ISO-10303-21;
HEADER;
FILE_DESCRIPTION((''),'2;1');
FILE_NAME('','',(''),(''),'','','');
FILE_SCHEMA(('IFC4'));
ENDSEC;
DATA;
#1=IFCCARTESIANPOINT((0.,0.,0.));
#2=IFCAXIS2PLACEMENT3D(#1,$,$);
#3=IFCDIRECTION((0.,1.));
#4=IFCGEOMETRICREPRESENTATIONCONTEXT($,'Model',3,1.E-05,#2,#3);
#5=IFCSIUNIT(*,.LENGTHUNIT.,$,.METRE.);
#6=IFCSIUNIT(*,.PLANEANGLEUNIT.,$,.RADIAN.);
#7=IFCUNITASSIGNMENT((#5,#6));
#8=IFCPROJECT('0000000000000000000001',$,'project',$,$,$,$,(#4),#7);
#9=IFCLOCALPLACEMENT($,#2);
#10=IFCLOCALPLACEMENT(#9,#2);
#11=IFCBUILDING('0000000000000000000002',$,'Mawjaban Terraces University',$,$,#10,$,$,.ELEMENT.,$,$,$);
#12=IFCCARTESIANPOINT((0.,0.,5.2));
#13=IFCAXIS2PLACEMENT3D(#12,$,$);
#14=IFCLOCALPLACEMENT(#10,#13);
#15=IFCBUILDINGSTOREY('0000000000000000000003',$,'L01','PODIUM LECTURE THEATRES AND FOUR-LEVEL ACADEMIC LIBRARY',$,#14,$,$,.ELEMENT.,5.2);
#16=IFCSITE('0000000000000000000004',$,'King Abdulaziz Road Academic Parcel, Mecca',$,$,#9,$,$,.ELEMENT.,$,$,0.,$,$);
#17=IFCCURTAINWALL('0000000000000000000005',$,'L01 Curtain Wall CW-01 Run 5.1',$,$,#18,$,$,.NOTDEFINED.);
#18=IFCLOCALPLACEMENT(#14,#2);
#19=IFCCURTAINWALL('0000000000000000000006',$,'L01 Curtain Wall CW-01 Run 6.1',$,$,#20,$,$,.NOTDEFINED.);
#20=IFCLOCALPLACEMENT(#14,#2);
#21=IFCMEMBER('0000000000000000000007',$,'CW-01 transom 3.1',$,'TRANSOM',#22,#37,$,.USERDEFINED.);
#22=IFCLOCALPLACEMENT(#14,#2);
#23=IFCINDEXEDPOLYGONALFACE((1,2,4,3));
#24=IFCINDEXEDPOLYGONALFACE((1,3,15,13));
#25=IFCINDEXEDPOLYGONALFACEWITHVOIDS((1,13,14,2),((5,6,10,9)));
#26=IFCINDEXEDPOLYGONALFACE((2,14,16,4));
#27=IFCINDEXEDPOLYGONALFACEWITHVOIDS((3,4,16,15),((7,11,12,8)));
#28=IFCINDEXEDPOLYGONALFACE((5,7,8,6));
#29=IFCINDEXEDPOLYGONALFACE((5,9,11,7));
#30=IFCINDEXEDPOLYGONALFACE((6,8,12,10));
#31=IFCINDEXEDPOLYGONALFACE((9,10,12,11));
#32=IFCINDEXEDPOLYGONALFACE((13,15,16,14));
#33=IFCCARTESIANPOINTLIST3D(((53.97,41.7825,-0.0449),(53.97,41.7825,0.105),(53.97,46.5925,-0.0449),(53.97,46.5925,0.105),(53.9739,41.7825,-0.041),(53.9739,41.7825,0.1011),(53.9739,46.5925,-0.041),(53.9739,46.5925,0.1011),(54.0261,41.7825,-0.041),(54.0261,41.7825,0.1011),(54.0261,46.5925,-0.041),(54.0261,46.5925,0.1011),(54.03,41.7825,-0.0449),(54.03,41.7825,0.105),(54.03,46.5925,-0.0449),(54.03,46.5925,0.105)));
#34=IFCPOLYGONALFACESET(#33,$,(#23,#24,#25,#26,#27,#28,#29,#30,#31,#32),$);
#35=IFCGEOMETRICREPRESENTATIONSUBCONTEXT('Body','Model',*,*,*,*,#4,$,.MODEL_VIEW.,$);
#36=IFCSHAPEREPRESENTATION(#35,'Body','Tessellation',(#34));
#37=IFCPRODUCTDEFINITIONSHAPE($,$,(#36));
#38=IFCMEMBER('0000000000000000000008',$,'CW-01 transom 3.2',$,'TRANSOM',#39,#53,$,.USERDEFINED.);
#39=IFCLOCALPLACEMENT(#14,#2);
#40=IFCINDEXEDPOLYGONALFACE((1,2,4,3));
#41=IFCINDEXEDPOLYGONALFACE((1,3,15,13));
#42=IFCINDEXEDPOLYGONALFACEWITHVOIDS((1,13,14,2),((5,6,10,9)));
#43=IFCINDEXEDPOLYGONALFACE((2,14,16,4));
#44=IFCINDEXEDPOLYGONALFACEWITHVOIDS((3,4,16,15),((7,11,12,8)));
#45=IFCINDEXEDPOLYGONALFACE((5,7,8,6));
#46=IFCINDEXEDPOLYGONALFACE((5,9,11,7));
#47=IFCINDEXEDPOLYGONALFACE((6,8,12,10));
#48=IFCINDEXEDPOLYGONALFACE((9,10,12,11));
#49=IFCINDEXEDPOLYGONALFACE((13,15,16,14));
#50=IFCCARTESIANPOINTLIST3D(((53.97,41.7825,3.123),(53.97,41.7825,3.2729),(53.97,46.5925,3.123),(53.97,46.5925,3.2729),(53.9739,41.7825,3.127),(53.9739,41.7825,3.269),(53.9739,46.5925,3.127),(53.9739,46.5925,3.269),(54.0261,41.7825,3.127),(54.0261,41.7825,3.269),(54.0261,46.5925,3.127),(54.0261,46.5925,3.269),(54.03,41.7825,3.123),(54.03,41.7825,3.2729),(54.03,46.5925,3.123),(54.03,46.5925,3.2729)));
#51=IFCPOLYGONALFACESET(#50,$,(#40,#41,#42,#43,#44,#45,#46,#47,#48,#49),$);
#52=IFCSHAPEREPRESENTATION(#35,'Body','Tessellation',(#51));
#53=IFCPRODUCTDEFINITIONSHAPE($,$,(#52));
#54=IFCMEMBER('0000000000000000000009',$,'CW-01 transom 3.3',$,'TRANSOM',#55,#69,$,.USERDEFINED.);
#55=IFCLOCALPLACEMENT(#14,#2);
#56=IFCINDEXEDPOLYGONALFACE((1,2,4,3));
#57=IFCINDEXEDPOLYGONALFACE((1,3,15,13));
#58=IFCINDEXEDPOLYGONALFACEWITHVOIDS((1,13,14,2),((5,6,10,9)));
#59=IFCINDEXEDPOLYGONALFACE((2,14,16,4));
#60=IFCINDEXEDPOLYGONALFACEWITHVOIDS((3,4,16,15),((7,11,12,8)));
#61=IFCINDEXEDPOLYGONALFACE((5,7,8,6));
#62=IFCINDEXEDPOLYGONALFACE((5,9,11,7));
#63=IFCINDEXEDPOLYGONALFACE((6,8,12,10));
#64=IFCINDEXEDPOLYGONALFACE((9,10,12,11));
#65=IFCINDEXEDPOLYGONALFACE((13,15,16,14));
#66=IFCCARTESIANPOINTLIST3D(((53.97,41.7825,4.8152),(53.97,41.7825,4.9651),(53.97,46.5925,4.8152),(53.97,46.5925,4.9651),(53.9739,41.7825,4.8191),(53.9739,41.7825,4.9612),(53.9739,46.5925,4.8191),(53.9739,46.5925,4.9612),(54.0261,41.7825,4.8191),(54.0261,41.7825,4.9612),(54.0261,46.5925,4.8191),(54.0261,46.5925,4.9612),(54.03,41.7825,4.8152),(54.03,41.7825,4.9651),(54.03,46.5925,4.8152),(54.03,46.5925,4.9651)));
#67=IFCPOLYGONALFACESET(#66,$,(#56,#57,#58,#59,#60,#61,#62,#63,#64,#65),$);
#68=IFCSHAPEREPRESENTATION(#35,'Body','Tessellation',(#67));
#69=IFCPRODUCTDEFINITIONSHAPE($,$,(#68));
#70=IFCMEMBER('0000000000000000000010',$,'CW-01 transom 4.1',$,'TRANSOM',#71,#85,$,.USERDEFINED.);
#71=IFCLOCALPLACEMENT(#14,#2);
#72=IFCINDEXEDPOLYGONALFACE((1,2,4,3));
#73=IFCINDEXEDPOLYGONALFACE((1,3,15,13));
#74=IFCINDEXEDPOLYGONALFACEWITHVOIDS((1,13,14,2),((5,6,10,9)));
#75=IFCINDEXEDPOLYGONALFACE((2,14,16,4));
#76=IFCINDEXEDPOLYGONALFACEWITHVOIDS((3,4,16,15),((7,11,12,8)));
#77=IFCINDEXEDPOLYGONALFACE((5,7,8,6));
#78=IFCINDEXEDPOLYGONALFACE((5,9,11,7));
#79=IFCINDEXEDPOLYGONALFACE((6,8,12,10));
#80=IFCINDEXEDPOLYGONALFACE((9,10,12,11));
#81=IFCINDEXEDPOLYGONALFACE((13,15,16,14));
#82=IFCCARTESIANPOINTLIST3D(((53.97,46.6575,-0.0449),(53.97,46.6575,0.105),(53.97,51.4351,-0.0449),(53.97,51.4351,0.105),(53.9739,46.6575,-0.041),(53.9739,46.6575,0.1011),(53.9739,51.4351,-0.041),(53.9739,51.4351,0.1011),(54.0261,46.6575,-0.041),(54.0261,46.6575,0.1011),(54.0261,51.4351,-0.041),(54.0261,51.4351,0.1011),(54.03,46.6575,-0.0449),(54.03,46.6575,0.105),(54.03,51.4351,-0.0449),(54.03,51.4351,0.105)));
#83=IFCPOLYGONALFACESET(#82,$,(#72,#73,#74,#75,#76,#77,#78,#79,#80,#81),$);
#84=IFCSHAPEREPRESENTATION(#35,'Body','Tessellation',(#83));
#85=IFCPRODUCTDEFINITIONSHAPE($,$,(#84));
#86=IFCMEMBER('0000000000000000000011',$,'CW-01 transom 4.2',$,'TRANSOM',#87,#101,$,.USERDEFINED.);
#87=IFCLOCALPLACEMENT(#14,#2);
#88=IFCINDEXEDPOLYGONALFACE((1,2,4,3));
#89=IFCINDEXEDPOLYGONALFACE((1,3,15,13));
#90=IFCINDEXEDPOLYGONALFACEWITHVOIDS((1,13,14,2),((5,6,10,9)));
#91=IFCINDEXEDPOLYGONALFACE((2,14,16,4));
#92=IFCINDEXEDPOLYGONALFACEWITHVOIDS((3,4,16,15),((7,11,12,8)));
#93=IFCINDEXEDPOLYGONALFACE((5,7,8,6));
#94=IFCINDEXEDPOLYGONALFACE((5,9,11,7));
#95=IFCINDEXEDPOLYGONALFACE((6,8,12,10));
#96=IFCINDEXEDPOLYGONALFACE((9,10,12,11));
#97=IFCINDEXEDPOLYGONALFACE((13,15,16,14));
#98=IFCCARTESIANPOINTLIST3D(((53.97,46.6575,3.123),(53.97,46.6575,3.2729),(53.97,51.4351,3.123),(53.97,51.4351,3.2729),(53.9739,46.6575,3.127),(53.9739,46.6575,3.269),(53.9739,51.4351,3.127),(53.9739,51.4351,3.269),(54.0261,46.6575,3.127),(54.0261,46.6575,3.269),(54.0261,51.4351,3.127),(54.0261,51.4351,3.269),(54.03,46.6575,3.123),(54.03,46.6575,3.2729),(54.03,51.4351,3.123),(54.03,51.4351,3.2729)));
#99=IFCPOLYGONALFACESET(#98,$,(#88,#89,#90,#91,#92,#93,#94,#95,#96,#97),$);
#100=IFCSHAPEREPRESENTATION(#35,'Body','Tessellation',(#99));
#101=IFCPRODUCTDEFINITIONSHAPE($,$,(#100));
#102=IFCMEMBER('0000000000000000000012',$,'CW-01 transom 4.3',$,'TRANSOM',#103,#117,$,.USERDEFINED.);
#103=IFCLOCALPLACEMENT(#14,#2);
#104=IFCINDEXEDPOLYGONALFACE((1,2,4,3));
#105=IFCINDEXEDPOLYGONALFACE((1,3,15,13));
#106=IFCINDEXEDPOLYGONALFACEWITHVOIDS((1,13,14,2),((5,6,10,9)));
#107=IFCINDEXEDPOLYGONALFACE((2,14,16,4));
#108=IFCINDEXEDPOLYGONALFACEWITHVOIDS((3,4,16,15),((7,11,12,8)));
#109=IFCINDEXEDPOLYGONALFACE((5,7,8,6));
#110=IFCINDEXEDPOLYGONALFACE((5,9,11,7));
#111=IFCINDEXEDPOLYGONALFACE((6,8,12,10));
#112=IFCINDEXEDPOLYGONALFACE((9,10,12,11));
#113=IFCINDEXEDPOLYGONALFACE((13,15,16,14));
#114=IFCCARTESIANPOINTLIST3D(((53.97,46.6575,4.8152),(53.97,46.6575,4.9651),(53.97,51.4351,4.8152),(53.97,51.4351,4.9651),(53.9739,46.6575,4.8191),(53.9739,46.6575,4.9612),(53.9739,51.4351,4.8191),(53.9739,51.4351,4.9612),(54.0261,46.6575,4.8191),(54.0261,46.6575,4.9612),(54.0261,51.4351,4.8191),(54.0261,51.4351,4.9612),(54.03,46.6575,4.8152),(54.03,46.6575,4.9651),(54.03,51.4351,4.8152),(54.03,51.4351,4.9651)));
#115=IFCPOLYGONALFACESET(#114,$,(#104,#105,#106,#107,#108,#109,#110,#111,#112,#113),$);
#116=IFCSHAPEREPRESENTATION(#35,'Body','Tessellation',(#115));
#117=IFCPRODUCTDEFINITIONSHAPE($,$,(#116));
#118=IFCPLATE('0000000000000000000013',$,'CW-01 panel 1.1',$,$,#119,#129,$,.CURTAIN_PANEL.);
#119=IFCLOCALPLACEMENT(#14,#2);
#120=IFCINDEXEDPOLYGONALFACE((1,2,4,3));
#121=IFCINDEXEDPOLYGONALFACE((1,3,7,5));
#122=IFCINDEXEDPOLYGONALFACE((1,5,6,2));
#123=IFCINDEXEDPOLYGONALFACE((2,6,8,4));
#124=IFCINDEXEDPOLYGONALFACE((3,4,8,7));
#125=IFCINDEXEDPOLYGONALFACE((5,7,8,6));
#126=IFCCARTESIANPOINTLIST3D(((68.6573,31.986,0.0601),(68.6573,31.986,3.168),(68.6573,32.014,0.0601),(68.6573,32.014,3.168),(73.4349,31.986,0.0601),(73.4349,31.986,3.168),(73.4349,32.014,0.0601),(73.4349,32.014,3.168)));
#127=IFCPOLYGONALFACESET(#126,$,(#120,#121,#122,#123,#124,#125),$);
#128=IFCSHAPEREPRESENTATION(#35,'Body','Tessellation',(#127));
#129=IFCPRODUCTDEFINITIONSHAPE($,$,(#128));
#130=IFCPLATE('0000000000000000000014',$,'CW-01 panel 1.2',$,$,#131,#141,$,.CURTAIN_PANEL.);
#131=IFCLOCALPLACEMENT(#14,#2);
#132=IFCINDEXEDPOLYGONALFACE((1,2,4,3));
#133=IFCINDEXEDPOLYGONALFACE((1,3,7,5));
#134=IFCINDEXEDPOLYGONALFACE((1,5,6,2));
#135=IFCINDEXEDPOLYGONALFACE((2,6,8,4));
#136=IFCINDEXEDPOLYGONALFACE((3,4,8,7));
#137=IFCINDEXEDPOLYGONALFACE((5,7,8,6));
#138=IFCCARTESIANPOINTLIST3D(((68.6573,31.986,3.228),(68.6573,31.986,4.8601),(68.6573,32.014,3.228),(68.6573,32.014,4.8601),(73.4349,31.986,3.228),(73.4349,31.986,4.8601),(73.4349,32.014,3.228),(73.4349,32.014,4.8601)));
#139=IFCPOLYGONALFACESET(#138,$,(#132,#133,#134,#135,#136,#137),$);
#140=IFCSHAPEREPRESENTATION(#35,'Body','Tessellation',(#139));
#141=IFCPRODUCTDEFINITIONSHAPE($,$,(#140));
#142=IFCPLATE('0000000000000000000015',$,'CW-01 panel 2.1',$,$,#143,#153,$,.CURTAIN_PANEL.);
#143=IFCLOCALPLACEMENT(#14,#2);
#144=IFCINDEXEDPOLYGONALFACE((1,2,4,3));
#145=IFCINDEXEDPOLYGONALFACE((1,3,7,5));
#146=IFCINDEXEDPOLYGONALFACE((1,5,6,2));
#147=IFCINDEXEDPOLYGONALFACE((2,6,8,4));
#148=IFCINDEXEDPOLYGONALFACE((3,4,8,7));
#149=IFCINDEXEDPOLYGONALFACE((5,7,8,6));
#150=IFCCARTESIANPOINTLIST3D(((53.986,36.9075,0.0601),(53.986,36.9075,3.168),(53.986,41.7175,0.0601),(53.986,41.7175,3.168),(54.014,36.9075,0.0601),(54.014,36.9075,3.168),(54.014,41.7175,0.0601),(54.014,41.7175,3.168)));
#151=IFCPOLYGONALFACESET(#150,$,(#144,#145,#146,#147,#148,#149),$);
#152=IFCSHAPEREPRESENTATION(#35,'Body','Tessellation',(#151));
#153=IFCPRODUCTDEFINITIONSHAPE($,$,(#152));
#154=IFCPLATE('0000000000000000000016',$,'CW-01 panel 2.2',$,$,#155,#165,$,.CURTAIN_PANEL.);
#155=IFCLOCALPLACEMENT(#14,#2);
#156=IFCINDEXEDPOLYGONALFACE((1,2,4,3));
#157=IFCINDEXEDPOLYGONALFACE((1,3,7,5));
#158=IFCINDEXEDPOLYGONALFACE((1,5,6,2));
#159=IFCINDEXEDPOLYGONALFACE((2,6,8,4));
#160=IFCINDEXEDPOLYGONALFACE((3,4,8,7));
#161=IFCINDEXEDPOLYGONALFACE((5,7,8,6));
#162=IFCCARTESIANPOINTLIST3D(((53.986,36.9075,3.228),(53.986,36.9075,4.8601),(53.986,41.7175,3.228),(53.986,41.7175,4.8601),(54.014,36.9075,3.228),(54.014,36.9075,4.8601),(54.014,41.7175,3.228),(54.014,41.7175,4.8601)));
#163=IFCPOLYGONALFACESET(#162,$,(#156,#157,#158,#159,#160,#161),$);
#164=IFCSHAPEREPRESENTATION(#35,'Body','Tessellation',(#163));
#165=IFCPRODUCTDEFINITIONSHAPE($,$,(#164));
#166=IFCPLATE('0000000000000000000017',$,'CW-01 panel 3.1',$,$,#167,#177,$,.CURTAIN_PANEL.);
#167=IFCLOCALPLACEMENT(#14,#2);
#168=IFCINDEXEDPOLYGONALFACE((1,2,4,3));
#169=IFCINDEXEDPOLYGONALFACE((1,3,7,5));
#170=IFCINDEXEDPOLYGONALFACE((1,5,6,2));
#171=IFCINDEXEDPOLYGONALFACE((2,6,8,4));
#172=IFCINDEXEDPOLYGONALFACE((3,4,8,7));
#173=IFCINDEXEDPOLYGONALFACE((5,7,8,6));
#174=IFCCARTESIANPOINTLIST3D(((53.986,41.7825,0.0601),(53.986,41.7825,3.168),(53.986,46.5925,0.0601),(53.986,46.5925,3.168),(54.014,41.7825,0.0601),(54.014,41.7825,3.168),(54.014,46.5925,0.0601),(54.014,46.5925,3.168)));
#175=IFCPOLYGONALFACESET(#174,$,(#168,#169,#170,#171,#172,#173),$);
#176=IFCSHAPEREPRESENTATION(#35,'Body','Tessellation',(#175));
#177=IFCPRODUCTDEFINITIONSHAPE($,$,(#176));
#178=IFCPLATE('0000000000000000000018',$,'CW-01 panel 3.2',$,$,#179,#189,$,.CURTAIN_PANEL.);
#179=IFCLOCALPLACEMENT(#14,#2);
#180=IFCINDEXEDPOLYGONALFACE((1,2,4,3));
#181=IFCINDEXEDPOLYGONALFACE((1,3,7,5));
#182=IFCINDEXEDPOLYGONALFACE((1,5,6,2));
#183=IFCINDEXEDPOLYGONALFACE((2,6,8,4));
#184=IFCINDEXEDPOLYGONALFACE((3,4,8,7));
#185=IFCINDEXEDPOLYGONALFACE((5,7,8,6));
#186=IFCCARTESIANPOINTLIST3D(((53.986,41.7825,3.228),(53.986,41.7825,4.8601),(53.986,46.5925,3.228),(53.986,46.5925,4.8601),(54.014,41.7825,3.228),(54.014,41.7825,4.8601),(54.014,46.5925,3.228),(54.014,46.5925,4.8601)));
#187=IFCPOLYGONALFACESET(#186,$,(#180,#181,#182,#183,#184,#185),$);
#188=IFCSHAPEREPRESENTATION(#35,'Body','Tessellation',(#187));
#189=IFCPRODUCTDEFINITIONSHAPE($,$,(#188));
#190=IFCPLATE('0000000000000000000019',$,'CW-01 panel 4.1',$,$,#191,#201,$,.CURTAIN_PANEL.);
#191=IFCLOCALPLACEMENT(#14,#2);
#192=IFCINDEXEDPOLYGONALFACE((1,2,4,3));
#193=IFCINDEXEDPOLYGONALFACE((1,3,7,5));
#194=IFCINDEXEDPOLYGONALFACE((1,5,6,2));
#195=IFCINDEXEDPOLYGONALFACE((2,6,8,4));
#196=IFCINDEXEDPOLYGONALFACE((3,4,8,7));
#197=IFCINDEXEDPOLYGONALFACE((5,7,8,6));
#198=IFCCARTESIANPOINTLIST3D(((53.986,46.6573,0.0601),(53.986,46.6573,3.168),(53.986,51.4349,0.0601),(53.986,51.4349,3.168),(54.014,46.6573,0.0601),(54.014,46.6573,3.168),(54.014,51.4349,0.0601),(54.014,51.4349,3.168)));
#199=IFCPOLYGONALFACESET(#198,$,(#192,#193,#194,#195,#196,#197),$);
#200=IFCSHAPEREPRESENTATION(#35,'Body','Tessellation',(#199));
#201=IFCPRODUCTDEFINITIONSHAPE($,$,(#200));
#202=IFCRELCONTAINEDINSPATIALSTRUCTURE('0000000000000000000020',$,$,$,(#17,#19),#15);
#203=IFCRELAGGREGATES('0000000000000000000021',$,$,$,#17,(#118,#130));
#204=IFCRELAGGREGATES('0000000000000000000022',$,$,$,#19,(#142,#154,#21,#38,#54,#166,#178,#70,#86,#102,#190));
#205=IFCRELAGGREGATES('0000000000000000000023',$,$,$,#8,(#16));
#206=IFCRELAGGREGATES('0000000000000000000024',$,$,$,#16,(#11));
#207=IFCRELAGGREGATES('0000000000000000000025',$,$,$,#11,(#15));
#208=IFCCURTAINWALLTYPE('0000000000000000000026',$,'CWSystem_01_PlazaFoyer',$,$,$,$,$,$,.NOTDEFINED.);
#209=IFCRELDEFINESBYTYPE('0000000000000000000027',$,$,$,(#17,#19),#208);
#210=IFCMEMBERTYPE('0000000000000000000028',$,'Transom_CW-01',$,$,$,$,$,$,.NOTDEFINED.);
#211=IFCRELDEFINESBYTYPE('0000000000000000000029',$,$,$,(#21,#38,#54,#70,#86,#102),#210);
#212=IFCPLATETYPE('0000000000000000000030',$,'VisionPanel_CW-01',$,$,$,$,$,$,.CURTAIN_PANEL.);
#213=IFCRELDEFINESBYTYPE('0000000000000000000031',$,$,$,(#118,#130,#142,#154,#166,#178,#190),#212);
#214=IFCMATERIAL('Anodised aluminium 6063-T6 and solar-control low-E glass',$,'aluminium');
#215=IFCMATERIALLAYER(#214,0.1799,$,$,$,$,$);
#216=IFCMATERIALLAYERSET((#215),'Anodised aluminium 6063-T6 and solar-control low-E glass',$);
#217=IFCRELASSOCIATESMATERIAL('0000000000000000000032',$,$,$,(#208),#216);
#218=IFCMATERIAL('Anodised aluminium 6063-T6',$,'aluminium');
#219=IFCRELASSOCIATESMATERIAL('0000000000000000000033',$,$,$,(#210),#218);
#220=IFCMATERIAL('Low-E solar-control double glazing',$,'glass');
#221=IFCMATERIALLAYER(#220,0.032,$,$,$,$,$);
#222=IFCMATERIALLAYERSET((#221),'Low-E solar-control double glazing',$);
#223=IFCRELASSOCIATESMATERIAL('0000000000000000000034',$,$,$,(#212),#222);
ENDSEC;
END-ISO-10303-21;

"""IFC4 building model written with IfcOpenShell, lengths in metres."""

from ifc_helpers import new_model, si_unit, direction, frame, origin, origin_2d, place, context, subcontext, project, spatial, rectangle, hollow_rectangle, extrude, material, layer, layer_set, material_profile, profile_set, type_object, element, aggregate, save


model = new_model("IFC4")

# Units and contexts
model_context = context("Model", 3, precision=1e-05, world=origin(), true_north=direction((0.0, 1.0)))
body_context = subcontext(model_context, "Body", "Model", "MODEL_VIEW")
ifc_project = project(units=[si_unit("LENGTHUNIT", "METRE"), si_unit("PLANEANGLEUNIT", "RADIAN")], contexts=[model_context])

# Site, building, storey
site_placement = place(None, origin())
site = spatial("IfcSite", under=ifc_project, at=site_placement, Name="King Abdulaziz Road Academic Parcel, Mecca", CompositionType="ELEMENT", RefElevation=0.0)
building_placement = place(site_placement, origin())
building = spatial("IfcBuilding", under=site, at=building_placement, Name="Mawjaban Terraces University", CompositionType="ELEMENT")
storey_placement = place(building_placement, frame((0.0, 0.0, 5.2)))
storey = spatial("IfcBuildingStorey", under=building, at=storey_placement, Name="L01", Description="PODIUM LECTURE THEATRES AND FOUR-LEVEL ACADEMIC LIBRARY", CompositionType="ELEMENT", Elevation=5.2)

# Curtain walls
ifc_material_1 = material(Name="Anodised aluminium 6063-T6 and solar-control low-E glass", Category="aluminium")
ifc_layer_1 = layer(ifc_material_1, 0.1799)
ifc_layer_set_1 = layer_set([ifc_layer_1], Name="Anodised aluminium 6063-T6 and solar-control low-E glass")
curtain_wall_type = type_object("IfcCurtainWallType", Name="CWSystem_01_PlazaFoyer", PredefinedType="NOTDEFINED", material=ifc_layer_set_1)
curtain_wall_1_placement = place(storey_placement, origin())
curtain_wall_1 = element("IfcCurtainWall", 1, at=curtain_wall_1_placement, inside=storey, type_object=curtain_wall_type, Name="L01 Curtain Wall CW-01 Run 5.1", PredefinedType="NOTDEFINED")
ifc_material_2 = material(Name="Anodised aluminium 6063-T6", Category="aluminium")
curtain_wall_2_placement = place(storey_placement, origin())
curtain_wall_2 = element("IfcCurtainWall", 2, at=curtain_wall_2_placement, inside=storey, type_object=curtain_wall_type, Name="L01 Curtain Wall CW-01 Run 6.1", PredefinedType="NOTDEFINED")

# Members
ifc_material_profile_1 = material_profile(ifc_material_2, hollow_rectangle(XDim=0.0601, YDim=0.1499, WallThickness=0.0039, at=origin_2d()), Name="ALU150X60X4")
ifc_profile_set_1 = profile_set([ifc_material_profile_1], Name="Anodised aluminium 6063-T6")
member_type_1 = type_object("IfcMemberType", Name="Transom_CW-01", PredefinedType="NOTDEFINED", material=ifc_profile_set_1)
member_1_placement = place(storey_placement, frame((54.0, 41.7825, 0.03), z_axis=(0.0, 1.0, 0.0), x_axis=(-1.0, 0.0, 0.0)))
member_1 = element("IfcMember", 3, at=member_1_placement, type_object=member_type_1, Name="CW-01 transom 3.1", ObjectType="TRANSOM", PredefinedType="USERDEFINED", context=body_context, shape_type="SweptSolid", body=[
    extrude(hollow_rectangle(XDim=0.0601, YDim=0.1499, WallThickness=0.0039, at=origin_2d()), origin(), (0.0, 0.0, 1.0), 4.8101),
])
member_2_placement = place(storey_placement, frame((54.0, 41.7825, 3.198), z_axis=(0.0, 1.0, 0.0), x_axis=(-1.0, 0.0, 0.0)))
member_2 = element("IfcMember", 4, at=member_2_placement, type_object=member_type_1, Name="CW-01 transom 3.2", ObjectType="TRANSOM", PredefinedType="USERDEFINED", context=body_context, shape_type="SweptSolid", body=[
    extrude(hollow_rectangle(XDim=0.0601, YDim=0.1499, WallThickness=0.0039, at=origin_2d()), origin(), (0.0, 0.0, 1.0), 4.8101),
])
member_3_placement = place(storey_placement, frame((54.0, 41.7825, 4.8901), z_axis=(0.0, 1.0, 0.0), x_axis=(-1.0, 0.0, 0.0)))
member_3 = element("IfcMember", 5, at=member_3_placement, type_object=member_type_1, Name="CW-01 transom 3.3", ObjectType="TRANSOM", PredefinedType="USERDEFINED", context=body_context, shape_type="SweptSolid", body=[
    extrude(hollow_rectangle(XDim=0.0601, YDim=0.1499, WallThickness=0.0039, at=origin_2d()), origin(), (0.0, 0.0, 1.0), 4.8101),
])
member_4_placement = place(storey_placement, frame((54.0, 46.6575, 0.03), z_axis=(0.0, 1.0, 0.0), x_axis=(-1.0, 0.0, 0.0)))
member_4 = element("IfcMember", 6, at=member_4_placement, type_object=member_type_1, Name="CW-01 transom 4.1", ObjectType="TRANSOM", PredefinedType="USERDEFINED", context=body_context, shape_type="SweptSolid", body=[
    extrude(hollow_rectangle(XDim=0.0601, YDim=0.1499, WallThickness=0.0039, at=origin_2d()), origin(), (0.0, 0.0, 1.0), 4.7776),
])
member_5_placement = place(storey_placement, frame((54.0, 46.6575, 3.198), z_axis=(0.0, 1.0, 0.0), x_axis=(-1.0, 0.0, 0.0)))
member_5 = element("IfcMember", 7, at=member_5_placement, type_object=member_type_1, Name="CW-01 transom 4.2", ObjectType="TRANSOM", PredefinedType="USERDEFINED", context=body_context, shape_type="SweptSolid", body=[
    extrude(hollow_rectangle(XDim=0.0601, YDim=0.1499, WallThickness=0.0039, at=origin_2d()), origin(), (0.0, 0.0, 1.0), 4.7776),
])
member_6_placement = place(storey_placement, frame((54.0, 46.6575, 4.8901), z_axis=(0.0, 1.0, 0.0), x_axis=(-1.0, 0.0, 0.0)))
member_6 = element("IfcMember", 8, at=member_6_placement, type_object=member_type_1, Name="CW-01 transom 4.3", ObjectType="TRANSOM", PredefinedType="USERDEFINED", context=body_context, shape_type="SweptSolid", body=[
    extrude(hollow_rectangle(XDim=0.0601, YDim=0.1499, WallThickness=0.0039, at=origin_2d()), origin(), (0.0, 0.0, 1.0), 4.7776),
])

# Plates
ifc_material_3 = material(Name="Low-E solar-control double glazing", Category="glass")
ifc_layer_2 = layer(ifc_material_3, 0.032)
ifc_layer_set_2 = layer_set([ifc_layer_2], Name="Low-E solar-control double glazing")
plate_type = type_object("IfcPlateType", Name="VisionPanel_CW-01", PredefinedType="CURTAIN_PANEL", material=ifc_layer_set_2)
plate_1_placement = place(storey_placement, frame((71.0461, 32.0, 0.0601), z_axis=(0.0, 0.0, 1.0), x_axis=(-1.0, 0.0, 0.0)))
plate_1 = element("IfcPlate", 9, at=plate_1_placement, type_object=plate_type, Name="CW-01 panel 1.1", PredefinedType="CURTAIN_PANEL", context=body_context, shape_type="SweptSolid", body=[
    extrude(rectangle(XDim=4.7776, YDim=0.0281, at=origin_2d()), origin(), (0.0, 0.0, 1.0), 3.1079),
])
plate_2_placement = place(storey_placement, frame((71.0461, 32.0, 3.228), z_axis=(0.0, 0.0, 1.0), x_axis=(-1.0, 0.0, 0.0)))
plate_2 = element("IfcPlate", 10, at=plate_2_placement, type_object=plate_type, Name="CW-01 panel 1.2", PredefinedType="CURTAIN_PANEL", context=body_context, shape_type="SweptSolid", body=[
    extrude(rectangle(XDim=4.7776, YDim=0.0281, at=origin_2d()), origin(), (0.0, 0.0, 1.0), 1.6321),
])
aggregate(curtain_wall_1, [plate_1, plate_2])
plate_3_placement = place(storey_placement, frame((54.0, 39.3125, 0.0601), z_axis=(0.0, 0.0, 1.0), x_axis=(0.0, 1.0, 0.0)))
plate_3 = element("IfcPlate", 11, at=plate_3_placement, type_object=plate_type, Name="CW-01 panel 2.1", PredefinedType="CURTAIN_PANEL", context=body_context, shape_type="SweptSolid", body=[
    extrude(rectangle(XDim=4.8101, YDim=0.0281, at=origin_2d()), origin(), (0.0, 0.0, 1.0), 3.1079),
])
plate_4_placement = place(storey_placement, frame((54.0, 39.3125, 3.228), z_axis=(0.0, 0.0, 1.0), x_axis=(0.0, 1.0, 0.0)))
plate_4 = element("IfcPlate", 12, at=plate_4_placement, type_object=plate_type, Name="CW-01 panel 2.2", PredefinedType="CURTAIN_PANEL", context=body_context, shape_type="SweptSolid", body=[
    extrude(rectangle(XDim=4.8101, YDim=0.0281, at=origin_2d()), origin(), (0.0, 0.0, 1.0), 1.6321),
])
plate_5_placement = place(storey_placement, frame((54.0, 44.1875, 0.0601), z_axis=(0.0, 0.0, 1.0), x_axis=(0.0, 1.0, 0.0)))
plate_5 = element("IfcPlate", 13, at=plate_5_placement, type_object=plate_type, Name="CW-01 panel 3.1", PredefinedType="CURTAIN_PANEL", context=body_context, shape_type="SweptSolid", body=[
    extrude(rectangle(XDim=4.8101, YDim=0.0281, at=origin_2d()), origin(), (0.0, 0.0, 1.0), 3.1079),
])
plate_6_placement = place(storey_placement, frame((54.0, 44.1875, 3.228), z_axis=(0.0, 0.0, 1.0), x_axis=(0.0, 1.0, 0.0)))
plate_6 = element("IfcPlate", 14, at=plate_6_placement, type_object=plate_type, Name="CW-01 panel 3.2", PredefinedType="CURTAIN_PANEL", context=body_context, shape_type="SweptSolid", body=[
    extrude(rectangle(XDim=4.8101, YDim=0.0281, at=origin_2d()), origin(), (0.0, 0.0, 1.0), 1.6321),
])
plate_7_placement = place(storey_placement, frame((54.0, 49.0461, 0.0601), z_axis=(0.0, 0.0, 1.0), x_axis=(0.0, 1.0, 0.0)))
plate_7 = element("IfcPlate", 15, at=plate_7_placement, type_object=plate_type, Name="CW-01 panel 4.1", PredefinedType="CURTAIN_PANEL", context=body_context, shape_type="SweptSolid", body=[
    extrude(rectangle(XDim=4.7776, YDim=0.0281, at=origin_2d()), origin(), (0.0, 0.0, 1.0), 3.1079),
])
aggregate(curtain_wall_2, [plate_3, plate_4, member_1, member_2, member_3, plate_5, plate_6, member_4, member_5, member_6, plate_7])

save(model, "model.ifc")
